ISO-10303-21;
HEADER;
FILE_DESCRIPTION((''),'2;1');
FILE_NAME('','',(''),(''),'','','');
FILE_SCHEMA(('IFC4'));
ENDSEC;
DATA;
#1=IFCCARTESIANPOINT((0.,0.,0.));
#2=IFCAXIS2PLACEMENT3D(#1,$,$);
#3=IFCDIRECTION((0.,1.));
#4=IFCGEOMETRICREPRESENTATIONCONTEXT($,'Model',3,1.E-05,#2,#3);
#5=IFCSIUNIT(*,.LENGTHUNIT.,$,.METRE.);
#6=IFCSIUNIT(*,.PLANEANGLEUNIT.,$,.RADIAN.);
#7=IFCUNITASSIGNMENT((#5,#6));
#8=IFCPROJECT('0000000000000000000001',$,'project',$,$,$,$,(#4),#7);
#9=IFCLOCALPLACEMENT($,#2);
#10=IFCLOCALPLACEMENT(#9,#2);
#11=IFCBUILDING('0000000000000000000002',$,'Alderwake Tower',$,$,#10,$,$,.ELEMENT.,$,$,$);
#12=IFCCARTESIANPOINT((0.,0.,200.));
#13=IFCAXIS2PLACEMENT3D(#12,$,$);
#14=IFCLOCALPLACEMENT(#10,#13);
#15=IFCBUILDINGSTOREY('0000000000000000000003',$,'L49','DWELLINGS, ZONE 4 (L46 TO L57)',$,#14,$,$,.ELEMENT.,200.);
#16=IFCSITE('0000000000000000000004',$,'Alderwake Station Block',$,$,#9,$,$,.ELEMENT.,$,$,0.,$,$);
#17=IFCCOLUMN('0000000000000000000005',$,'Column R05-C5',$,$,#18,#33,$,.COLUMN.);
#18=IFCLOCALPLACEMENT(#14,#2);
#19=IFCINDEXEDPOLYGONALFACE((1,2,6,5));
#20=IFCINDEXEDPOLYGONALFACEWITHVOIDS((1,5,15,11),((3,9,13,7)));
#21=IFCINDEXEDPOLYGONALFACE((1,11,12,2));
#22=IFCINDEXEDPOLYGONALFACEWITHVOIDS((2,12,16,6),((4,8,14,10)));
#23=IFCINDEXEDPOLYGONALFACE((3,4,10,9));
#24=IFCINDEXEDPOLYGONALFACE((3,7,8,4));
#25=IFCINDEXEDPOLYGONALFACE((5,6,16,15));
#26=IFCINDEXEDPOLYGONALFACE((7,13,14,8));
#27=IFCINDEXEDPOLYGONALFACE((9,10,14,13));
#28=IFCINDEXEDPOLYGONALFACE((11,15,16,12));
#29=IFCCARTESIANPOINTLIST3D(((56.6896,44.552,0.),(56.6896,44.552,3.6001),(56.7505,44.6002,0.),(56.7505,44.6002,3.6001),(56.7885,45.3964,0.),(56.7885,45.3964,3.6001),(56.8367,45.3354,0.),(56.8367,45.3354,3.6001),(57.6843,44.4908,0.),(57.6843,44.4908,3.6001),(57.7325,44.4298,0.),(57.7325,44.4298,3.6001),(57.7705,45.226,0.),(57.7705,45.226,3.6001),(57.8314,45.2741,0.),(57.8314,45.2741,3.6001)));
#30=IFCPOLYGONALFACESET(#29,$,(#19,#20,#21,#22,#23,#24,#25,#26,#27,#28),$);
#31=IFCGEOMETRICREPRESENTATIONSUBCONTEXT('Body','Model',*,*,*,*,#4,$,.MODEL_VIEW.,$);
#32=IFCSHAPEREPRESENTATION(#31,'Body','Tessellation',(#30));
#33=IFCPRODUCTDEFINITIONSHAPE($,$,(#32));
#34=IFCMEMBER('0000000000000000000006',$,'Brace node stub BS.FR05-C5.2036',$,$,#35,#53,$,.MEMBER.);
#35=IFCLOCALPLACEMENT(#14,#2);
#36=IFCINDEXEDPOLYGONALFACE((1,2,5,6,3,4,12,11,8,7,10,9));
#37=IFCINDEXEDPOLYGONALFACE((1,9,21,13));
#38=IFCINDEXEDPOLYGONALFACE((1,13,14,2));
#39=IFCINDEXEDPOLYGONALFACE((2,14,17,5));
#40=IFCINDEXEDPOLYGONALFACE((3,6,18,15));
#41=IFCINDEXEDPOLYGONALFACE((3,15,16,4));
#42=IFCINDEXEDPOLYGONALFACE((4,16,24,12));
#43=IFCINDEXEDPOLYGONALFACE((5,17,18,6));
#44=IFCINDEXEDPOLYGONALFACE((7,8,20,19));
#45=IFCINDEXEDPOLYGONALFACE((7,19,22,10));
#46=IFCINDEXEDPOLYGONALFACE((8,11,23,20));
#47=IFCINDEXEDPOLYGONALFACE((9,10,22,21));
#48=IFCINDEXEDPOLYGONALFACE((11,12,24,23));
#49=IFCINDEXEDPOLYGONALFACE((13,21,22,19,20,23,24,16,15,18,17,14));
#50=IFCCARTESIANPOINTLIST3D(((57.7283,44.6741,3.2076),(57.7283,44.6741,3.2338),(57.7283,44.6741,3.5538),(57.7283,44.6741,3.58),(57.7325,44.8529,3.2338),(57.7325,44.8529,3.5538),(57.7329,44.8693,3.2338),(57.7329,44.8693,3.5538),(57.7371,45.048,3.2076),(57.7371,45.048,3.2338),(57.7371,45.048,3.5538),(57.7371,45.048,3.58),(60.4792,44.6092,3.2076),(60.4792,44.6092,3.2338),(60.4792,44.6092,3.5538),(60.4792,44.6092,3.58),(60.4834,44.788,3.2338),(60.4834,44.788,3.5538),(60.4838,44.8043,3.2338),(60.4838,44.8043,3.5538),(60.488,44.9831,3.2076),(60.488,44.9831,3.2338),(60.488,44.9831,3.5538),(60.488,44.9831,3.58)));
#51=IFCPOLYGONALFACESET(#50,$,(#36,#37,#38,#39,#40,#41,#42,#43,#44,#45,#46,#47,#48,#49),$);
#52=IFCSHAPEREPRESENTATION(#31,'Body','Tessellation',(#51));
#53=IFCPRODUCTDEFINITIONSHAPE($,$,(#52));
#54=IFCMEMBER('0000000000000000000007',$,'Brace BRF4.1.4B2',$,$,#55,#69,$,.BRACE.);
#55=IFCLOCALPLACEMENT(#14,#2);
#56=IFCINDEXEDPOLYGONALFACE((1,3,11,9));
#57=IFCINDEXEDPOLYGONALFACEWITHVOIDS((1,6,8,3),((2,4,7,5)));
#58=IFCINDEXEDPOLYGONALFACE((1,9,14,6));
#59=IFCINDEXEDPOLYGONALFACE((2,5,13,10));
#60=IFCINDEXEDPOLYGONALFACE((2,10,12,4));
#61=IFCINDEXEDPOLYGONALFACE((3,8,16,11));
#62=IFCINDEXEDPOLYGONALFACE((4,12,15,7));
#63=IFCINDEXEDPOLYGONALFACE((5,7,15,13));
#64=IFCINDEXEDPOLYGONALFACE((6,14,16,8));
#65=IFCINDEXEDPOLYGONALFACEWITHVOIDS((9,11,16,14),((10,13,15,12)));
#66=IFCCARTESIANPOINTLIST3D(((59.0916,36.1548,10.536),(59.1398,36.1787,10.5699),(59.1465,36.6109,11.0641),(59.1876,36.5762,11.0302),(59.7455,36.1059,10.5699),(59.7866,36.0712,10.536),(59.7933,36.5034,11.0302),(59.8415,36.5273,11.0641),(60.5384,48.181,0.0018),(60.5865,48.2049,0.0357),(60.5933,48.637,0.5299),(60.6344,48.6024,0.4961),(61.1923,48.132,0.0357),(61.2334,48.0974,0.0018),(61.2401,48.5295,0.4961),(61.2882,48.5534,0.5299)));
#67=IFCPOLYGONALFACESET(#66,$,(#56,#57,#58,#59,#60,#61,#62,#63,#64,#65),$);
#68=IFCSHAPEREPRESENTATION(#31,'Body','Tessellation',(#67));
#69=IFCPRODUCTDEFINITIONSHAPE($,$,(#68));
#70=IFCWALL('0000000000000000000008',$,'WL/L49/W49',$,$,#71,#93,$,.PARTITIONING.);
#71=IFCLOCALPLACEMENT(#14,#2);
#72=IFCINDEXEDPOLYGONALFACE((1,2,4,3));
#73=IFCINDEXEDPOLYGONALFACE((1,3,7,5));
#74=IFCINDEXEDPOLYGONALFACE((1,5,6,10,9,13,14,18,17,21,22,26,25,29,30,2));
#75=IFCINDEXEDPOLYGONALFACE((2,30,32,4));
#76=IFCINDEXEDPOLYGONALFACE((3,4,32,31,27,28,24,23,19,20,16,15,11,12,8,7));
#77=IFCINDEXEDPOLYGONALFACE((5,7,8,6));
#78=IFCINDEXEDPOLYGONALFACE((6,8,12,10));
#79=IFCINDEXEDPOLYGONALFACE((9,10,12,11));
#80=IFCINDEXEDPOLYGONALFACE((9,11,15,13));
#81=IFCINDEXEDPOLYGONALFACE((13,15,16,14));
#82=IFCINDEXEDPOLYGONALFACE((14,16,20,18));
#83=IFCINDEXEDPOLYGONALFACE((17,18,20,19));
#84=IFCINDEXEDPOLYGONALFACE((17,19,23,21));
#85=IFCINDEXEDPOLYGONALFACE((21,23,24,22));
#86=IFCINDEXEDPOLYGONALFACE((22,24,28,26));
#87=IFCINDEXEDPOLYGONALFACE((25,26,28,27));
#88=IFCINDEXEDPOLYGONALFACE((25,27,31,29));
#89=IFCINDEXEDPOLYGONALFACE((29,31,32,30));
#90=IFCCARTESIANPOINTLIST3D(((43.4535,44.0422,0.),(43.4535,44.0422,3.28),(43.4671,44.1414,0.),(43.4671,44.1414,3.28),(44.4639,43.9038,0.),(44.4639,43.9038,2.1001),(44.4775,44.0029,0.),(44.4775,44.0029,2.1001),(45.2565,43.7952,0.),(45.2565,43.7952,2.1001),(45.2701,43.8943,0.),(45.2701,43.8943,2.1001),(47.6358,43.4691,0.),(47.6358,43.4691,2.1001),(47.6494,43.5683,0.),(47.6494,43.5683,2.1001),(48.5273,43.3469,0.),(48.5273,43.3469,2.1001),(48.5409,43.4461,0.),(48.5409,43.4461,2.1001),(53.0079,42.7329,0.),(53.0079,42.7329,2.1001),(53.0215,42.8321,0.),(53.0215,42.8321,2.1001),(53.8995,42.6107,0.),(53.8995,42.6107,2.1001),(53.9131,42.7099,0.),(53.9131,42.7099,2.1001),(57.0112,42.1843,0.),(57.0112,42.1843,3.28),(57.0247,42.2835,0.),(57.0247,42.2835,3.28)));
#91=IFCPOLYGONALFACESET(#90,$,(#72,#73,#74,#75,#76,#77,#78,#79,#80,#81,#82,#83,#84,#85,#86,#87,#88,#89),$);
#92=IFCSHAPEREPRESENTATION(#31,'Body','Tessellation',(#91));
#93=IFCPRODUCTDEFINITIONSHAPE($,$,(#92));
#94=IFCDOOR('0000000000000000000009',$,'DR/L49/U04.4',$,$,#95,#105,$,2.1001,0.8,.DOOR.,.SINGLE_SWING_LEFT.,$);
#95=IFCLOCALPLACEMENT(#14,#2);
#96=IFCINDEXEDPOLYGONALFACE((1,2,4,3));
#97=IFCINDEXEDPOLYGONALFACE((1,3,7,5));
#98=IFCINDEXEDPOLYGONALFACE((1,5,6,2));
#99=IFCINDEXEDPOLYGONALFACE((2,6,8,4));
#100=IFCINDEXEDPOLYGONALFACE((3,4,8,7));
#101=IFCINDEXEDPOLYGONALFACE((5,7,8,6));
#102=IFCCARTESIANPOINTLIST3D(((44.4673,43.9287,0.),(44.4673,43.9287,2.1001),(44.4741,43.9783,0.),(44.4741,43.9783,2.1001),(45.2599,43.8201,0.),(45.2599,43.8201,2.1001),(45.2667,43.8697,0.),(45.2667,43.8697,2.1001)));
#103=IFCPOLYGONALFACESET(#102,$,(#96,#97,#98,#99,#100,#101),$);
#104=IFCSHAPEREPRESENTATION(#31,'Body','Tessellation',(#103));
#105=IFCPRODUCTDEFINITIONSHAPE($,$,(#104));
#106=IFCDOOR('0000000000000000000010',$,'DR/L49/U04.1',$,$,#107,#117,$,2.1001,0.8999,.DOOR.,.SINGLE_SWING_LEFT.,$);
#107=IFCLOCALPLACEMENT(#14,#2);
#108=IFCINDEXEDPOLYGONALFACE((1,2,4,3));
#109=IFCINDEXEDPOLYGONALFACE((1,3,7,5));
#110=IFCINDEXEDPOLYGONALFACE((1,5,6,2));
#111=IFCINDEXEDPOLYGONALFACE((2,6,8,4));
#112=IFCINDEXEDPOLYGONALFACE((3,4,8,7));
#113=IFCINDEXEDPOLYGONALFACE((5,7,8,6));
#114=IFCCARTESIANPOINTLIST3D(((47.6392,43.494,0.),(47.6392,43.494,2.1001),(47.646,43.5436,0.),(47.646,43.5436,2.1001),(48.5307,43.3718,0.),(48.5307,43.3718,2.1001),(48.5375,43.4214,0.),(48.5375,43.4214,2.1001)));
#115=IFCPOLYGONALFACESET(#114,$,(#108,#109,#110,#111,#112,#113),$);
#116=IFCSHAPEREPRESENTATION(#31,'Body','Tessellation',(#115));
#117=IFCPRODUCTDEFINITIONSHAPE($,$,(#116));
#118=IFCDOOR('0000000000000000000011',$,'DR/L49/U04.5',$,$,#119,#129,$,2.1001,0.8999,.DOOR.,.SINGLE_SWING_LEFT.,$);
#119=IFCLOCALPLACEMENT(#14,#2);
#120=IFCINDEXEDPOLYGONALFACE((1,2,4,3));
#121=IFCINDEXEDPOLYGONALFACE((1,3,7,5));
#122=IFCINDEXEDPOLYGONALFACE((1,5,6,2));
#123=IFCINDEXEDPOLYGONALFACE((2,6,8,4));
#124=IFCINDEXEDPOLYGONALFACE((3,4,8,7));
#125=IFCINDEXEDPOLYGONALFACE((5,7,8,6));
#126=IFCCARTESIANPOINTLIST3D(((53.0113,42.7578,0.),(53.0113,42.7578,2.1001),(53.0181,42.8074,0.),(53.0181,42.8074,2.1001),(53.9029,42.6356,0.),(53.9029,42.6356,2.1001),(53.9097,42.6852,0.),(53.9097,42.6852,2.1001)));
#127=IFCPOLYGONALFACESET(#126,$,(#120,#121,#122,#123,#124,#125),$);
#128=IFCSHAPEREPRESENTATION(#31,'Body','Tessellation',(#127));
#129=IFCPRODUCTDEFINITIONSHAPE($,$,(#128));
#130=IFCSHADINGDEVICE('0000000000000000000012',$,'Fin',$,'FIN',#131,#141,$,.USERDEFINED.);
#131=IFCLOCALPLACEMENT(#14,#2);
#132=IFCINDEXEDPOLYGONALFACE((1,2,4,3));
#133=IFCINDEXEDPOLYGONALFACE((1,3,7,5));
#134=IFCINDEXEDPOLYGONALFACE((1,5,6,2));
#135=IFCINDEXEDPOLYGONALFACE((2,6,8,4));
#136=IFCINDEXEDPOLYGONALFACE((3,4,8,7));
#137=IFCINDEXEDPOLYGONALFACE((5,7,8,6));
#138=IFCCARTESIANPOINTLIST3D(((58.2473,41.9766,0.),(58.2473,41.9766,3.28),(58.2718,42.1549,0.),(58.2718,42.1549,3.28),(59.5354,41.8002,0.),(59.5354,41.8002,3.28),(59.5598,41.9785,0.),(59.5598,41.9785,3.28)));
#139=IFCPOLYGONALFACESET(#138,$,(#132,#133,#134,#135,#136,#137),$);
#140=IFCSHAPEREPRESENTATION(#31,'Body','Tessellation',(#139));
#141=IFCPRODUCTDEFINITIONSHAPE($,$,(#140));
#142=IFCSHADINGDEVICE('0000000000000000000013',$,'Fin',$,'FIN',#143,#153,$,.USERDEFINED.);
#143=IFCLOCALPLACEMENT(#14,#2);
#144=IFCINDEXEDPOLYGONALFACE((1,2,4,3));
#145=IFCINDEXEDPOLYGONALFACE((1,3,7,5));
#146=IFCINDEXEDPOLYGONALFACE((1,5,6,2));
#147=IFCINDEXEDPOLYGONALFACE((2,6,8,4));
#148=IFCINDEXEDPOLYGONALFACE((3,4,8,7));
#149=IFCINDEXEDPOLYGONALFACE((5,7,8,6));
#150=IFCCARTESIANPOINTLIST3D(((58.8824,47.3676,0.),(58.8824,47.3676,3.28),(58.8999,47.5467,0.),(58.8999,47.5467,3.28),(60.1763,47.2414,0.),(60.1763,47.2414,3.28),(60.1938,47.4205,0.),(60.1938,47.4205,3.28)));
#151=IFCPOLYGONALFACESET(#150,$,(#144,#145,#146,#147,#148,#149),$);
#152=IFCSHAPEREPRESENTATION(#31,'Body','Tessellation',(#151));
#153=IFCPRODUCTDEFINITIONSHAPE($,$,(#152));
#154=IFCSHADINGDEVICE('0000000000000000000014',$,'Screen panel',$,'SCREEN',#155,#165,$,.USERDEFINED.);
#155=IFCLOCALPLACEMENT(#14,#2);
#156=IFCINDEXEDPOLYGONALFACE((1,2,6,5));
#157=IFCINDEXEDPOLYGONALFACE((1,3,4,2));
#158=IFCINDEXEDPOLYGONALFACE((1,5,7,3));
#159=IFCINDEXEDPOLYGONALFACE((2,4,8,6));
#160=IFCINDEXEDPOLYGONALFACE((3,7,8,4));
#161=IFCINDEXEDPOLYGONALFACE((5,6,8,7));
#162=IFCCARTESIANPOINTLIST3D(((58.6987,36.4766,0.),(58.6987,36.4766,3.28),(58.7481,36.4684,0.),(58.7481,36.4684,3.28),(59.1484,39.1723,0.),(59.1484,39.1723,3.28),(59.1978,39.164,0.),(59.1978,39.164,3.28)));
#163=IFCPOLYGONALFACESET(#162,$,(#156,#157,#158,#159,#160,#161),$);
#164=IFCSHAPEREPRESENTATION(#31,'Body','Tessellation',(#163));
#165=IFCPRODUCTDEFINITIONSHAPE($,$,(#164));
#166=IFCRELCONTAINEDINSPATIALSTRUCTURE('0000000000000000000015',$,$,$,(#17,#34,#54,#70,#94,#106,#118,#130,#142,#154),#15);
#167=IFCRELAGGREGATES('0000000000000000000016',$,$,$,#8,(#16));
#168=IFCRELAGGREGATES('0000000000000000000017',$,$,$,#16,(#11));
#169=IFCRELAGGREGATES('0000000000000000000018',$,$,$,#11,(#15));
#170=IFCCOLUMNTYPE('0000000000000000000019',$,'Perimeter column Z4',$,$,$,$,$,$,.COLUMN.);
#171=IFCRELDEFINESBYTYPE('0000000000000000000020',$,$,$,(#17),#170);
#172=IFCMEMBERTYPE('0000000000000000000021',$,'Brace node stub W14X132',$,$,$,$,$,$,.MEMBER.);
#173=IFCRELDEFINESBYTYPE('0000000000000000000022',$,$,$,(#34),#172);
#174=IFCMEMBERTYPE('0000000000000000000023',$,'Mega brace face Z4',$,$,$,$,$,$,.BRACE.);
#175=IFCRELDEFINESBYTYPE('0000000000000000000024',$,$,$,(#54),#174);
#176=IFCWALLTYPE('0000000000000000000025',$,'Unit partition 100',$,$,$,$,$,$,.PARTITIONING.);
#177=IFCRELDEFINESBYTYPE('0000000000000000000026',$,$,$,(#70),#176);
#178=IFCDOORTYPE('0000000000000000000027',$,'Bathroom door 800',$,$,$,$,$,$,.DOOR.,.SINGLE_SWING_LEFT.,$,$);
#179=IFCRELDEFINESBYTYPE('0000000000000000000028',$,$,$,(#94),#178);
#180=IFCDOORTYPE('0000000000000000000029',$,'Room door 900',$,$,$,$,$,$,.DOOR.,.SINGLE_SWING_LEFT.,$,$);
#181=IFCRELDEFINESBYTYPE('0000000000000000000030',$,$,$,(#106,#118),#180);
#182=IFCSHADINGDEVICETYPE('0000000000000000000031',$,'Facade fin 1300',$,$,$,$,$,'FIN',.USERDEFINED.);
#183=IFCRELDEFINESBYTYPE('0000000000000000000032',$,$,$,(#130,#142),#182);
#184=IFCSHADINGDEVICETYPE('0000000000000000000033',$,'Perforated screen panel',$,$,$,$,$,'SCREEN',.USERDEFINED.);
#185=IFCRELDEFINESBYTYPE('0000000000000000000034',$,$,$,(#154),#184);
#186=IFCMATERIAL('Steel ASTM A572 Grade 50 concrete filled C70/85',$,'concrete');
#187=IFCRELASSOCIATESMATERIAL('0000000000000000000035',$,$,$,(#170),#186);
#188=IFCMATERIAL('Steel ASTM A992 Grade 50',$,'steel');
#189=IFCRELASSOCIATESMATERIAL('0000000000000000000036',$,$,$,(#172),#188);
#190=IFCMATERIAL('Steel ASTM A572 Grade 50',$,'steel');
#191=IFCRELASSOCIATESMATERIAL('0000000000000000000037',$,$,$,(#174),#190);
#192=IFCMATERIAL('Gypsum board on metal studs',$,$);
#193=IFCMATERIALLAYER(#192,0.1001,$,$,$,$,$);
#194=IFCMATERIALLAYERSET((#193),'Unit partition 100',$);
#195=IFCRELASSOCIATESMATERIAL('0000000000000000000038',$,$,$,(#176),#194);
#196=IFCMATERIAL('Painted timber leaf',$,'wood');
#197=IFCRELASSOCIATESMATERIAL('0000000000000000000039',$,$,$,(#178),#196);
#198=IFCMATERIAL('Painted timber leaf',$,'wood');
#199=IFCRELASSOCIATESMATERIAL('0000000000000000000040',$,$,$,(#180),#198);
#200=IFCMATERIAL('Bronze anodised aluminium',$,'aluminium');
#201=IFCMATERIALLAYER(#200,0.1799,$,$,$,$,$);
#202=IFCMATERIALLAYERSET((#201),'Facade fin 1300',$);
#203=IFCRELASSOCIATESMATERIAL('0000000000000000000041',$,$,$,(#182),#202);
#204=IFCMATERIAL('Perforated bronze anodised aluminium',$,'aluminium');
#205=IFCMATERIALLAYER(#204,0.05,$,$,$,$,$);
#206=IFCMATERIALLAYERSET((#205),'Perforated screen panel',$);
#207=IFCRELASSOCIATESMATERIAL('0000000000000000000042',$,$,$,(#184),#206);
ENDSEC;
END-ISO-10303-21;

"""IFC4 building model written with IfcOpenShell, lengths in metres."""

from ifc_helpers import new_model, si_unit, direction, frame, frame_2d, origin, origin_2d, place, context, subcontext, project, spatial, rectangle, hollow_rectangle, i_section, extrude, material, layer, layer_set, material_profile, profile_set, type_object, element, fill, save


model = new_model("IFC4")

# Units and contexts
model_context = context("Model", 3, precision=1e-05, world=origin(), true_north=direction((0.0, 1.0)))
body_context = subcontext(model_context, "Body", "Model", "MODEL_VIEW")
ifc_project = project(units=[si_unit("LENGTHUNIT", "METRE"), si_unit("PLANEANGLEUNIT", "RADIAN")], contexts=[model_context])

# Site, building, storey
site_placement = place(None, origin())
site = spatial("IfcSite", under=ifc_project, at=site_placement, Name="Alderwake Station Block", CompositionType="ELEMENT", RefElevation=0.0)
building_placement = place(site_placement, origin())
building = spatial("IfcBuilding", under=site, at=building_placement, Name="Alderwake Tower", CompositionType="ELEMENT")
storey_placement = place(building_placement, frame((0.0, 0.0, 200.0)))
storey = spatial("IfcBuildingStorey", under=building, at=storey_placement, Name="L49", Description="DWELLINGS, ZONE 4 (L46 TO L57)", CompositionType="ELEMENT", Elevation=200.0)

# Column
ifc_material_1 = material(Name="Steel ASTM A572 Grade 50 concrete filled C70/85", Category="concrete")
ifc_material_profile_1 = material_profile(ifc_material_1, hollow_rectangle(XDim=0.8501, YDim=1.05, WallThickness=0.0549, at=origin_2d()), Name="BOX 1050X850X55")
ifc_profile_set_1 = profile_set([ifc_material_profile_1], Name="Steel ASTM A572 Grade 50 concrete filled C70/85")
column_type = type_object("IfcColumnType", Name="Perimeter column Z4", PredefinedType="COLUMN", material=ifc_profile_set_1)
column_placement = place(storey_placement, frame((57.2605, 44.9131, 0.0), z_axis=(0.0, 0.0, 1.0), x_axis=(0.116402, 0.993202, 0.0)))
element("IfcColumn", 1, at=column_placement, inside=storey, type_object=column_type, Name="Column R05-C5", PredefinedType="COLUMN", context=body_context, shape_type="SweptSolid", body=[
    extrude(hollow_rectangle(XDim=0.8501, YDim=1.05, WallThickness=0.0549, at=origin_2d()), origin(), (0.0, 0.0, 1.0), 3.6001),
])

# Members
ifc_material_2 = material(Name="Steel ASTM A992 Grade 50", Category="steel")
ifc_material_profile_2 = material_profile(ifc_material_2, i_section(OverallWidth=0.374, OverallDepth=0.3723, WebThickness=0.0164, FlangeThickness=0.0261, at=origin_2d()), Name="W14X132")
ifc_profile_set_2 = profile_set([ifc_material_profile_2], Name="Steel ASTM A992 Grade 50")
member_type_1 = type_object("IfcMemberType", Name="Brace node stub W14X132", PredefinedType="MEMBER", material=ifc_profile_set_2)
member_1_placement = place(storey_placement, frame((57.7327, 44.8611, 3.3938), z_axis=(0.999721, -0.0236, 0.0), x_axis=(0.0236, 0.999721, 0.0)))
element("IfcMember", 2, at=member_1_placement, inside=storey, type_object=member_type_1, Name="Brace node stub BS.FR05-C5.2036", PredefinedType="MEMBER", context=body_context, shape_type="SweptSolid", body=[
    extrude(i_section(OverallWidth=0.374, OverallDepth=0.3723, WebThickness=0.0164, FlangeThickness=0.0261, at=origin_2d()), origin(), (0.0, 0.0, 1.0), 2.7517),
])
ifc_material_3 = material(Name="Steel ASTM A572 Grade 50", Category="steel")
ifc_material_profile_3 = material_profile(ifc_material_3, hollow_rectangle(XDim=0.7, YDim=0.7, WallThickness=0.0449, at=origin_2d()), Name="BOX 700X700X45")
ifc_profile_set_3 = profile_set([ifc_material_profile_3], Name="Steel ASTM A572 Grade 50")
member_type_2 = type_object("IfcMemberType", Name="Mega brace face Z4", PredefinedType="BRACE", material=ifc_profile_set_3)
member_2_placement = place(storey_placement, frame((60.9133, 48.3672, 0.2659), z_axis=(-0.090127, -0.749164, 0.656224), x_axis=(0.992841, -0.119442, 0.0)))
element("IfcMember", 3, at=member_2_placement, inside=storey, type_object=member_type_2, Name="Brace BRF4.1.4B2", PredefinedType="BRACE", context=body_context, shape_type="SweptSolid", body=[
    extrude(hollow_rectangle(XDim=0.7, YDim=0.7, WallThickness=0.0449, at=origin_2d()), origin(), (0.0, 0.0, 1.0), 16.0527),
])

# Wall, openings, doors
ifc_material_4 = material(Name="Gypsum board on metal studs")
ifc_layer_1 = layer(ifc_material_4, 0.1001)
ifc_layer_set_1 = layer_set([ifc_layer_1], Name="Unit partition 100")
wall_type_1 = type_object("IfcWallType", Name="Unit partition 100", PredefinedType="PARTITIONING", material=ifc_layer_set_1)
wall_1_placement = place(storey_placement, frame((57.0181, 42.2339, 0.0), z_axis=(0.0, 0.0, 1.0), x_axis=(-0.99074, 0.135769, 0.0)))
wall_1 = element("IfcWall", 4, at=wall_1_placement, inside=storey, type_object=wall_type_1, Name="WL/L49/W49", PredefinedType="PARTITIONING", context=body_context, shape_type="SweptSolid", body=[
    extrude(rectangle(XDim=13.6843, YDim=0.1001, at=frame_2d((6.8423, 0.0))), origin(), (0.0, 0.0, 1.0), 3.28),
])
opening_1_placement = place(wall_1_placement, frame((8.5632, 0.0, 0.0)))
opening_1 = element("IfcOpeningElement", 5, at=opening_1_placement, cuts=wall_1, PredefinedType="OPENING", context=body_context, shape_type="SweptSolid", body=[
    extrude(rectangle(XDim=0.8999, YDim=2.1001, at=frame_2d((0.45, 1.05))), frame((0.0, 0.0601, 0.0), z_axis=(0.0, -1.0, 0.0), x_axis=(1.0, 0.0, 0.0)), (0.0, 0.0, 1.0), 0.1201),
])
opening_2_placement = place(wall_1_placement, frame((11.8647, 0.0, 0.0)))
opening_2 = element("IfcOpeningElement", 6, at=opening_2_placement, cuts=wall_1, PredefinedType="OPENING", context=body_context, shape_type="SweptSolid", body=[
    extrude(rectangle(XDim=0.8, YDim=2.1001, at=frame_2d((0.3999, 1.05))), frame((0.0, 0.0601, 0.0), z_axis=(0.0, -1.0, 0.0), x_axis=(1.0, 0.0, 0.0)), (0.0, 0.0, 1.0), 0.1201),
])
opening_3_placement = place(wall_1_placement, frame((3.1409, 0.0, 0.0)))
opening_3 = element("IfcOpeningElement", 7, at=opening_3_placement, cuts=wall_1, PredefinedType="OPENING", context=body_context, shape_type="SweptSolid", body=[
    extrude(rectangle(XDim=0.8999, YDim=2.1001, at=frame_2d((0.45, 1.05))), frame((0.0, 0.0601, 0.0), z_axis=(0.0, -1.0, 0.0), x_axis=(1.0, 0.0, 0.0)), (0.0, 0.0, 1.0), 0.1201),
])
ifc_material_5 = material(Name="Painted timber leaf", Category="wood")
door_type_1 = type_object("IfcDoorType", Name="Bathroom door 800", OperationType="SINGLE_SWING_LEFT", PredefinedType="DOOR", material=ifc_material_5)
door_1_placement = place(opening_2_placement, origin())
door_1 = element("IfcDoor", 8, at=door_1_placement, inside=storey, type_object=door_type_1, Name="DR/L49/U04.4", OperationType="SINGLE_SWING_LEFT", OverallHeight=2.1001, OverallWidth=0.8, PredefinedType="DOOR", context=body_context, shape_type="SweptSolid", body=[
    extrude(rectangle(XDim=0.8, YDim=2.1001, at=frame_2d((0.3999, 1.05))), frame((0.0, 0.0249, 0.0), z_axis=(0.0, -1.0, 0.0), x_axis=(1.0, 0.0, 0.0)), (0.0, 0.0, 1.0), 0.05),
])
fill(opening_2, door_1)
ifc_material_6 = material(Name="Painted timber leaf", Category="wood")
door_type_2 = type_object("IfcDoorType", Name="Room door 900", OperationType="SINGLE_SWING_LEFT", PredefinedType="DOOR", material=ifc_material_6)
door_2_placement = place(opening_1_placement, origin())
door_2 = element("IfcDoor", 9, at=door_2_placement, inside=storey, type_object=door_type_2, Name="DR/L49/U04.1", OperationType="SINGLE_SWING_LEFT", OverallHeight=2.1001, OverallWidth=0.8999, PredefinedType="DOOR", context=body_context, shape_type="SweptSolid", body=[
    extrude(rectangle(XDim=0.8999, YDim=2.1001, at=frame_2d((0.45, 1.05))), frame((0.0, 0.0249, 0.0), z_axis=(0.0, -1.0, 0.0), x_axis=(1.0, 0.0, 0.0)), (0.0, 0.0, 1.0), 0.05),
])
fill(opening_1, door_2)
door_3_placement = place(opening_3_placement, origin())
door_3 = element("IfcDoor", 10, at=door_3_placement, inside=storey, type_object=door_type_2, Name="DR/L49/U04.5", OperationType="SINGLE_SWING_LEFT", OverallHeight=2.1001, OverallWidth=0.8999, PredefinedType="DOOR", context=body_context, shape_type="SweptSolid", body=[
    extrude(rectangle(XDim=0.8999, YDim=2.1001, at=frame_2d((0.45, 1.05))), frame((0.0, 0.0249, 0.0), z_axis=(0.0, -1.0, 0.0), x_axis=(1.0, 0.0, 0.0)), (0.0, 0.0, 1.0), 0.05),
])
fill(opening_3, door_3)

# Shading devices
ifc_material_7 = material(Name="Bronze anodised aluminium", Category="aluminium")
ifc_layer_2 = layer(ifc_material_7, 0.1799)
ifc_layer_set_2 = layer_set([ifc_layer_2], Name="Facade fin 1300")
shading_device_type_1 = type_object("IfcShadingDeviceType", Name="Facade fin 1300", ElementType="FIN", PredefinedType="USERDEFINED", material=ifc_layer_set_2)
for number, where, z_axis, x_axis, name in (
    (11, (58.9036, 41.9775, 0.0), (0.0, 0.0, 1.0), (0.990753, -0.135681, 0.0), "Fin"),
    (12, (59.5381, 47.394, 0.0), (0.0, 0.0, 1.0), (0.99528, -0.097046, 0.0), "Fin"),
):
    element("IfcShadingDevice", number, at=place(storey_placement, frame(where, z_axis=z_axis, x_axis=x_axis)), inside=storey, type_object=shading_device_type_1, Name=name, ObjectType="FIN", PredefinedType="USERDEFINED", context=body_context, shape_type="SweptSolid", body=[
        extrude(rectangle(XDim=1.3, YDim=0.1799, at=origin_2d()), origin(), (0.0, 0.0, 1.0), 3.28),
    ])
ifc_material_8 = material(Name="Perforated bronze anodised aluminium", Category="aluminium")
ifc_layer_3 = layer(ifc_material_8, 0.05)
ifc_layer_set_3 = layer_set([ifc_layer_3], Name="Perforated screen panel")
shading_device_type_2 = type_object("IfcShadingDeviceType", Name="Perforated screen panel", ElementType="SCREEN", PredefinedType="USERDEFINED", material=ifc_layer_set_3)
shading_device_placement = place(storey_placement, frame((58.9482, 37.8203, 0.0), z_axis=(0.0, 0.0, 1.0), x_axis=(0.986369, -0.164548, 0.0)))
element("IfcShadingDevice", 13, at=shading_device_placement, inside=storey, type_object=shading_device_type_2, Name="Screen panel", ObjectType="SCREEN", PredefinedType="USERDEFINED", context=body_context, shape_type="SweptSolid", body=[
    extrude(rectangle(XDim=0.05, YDim=2.7329, at=origin_2d()), origin(), (0.0, 0.0, 1.0), 3.28),
])

save(model, "model.ifc")
